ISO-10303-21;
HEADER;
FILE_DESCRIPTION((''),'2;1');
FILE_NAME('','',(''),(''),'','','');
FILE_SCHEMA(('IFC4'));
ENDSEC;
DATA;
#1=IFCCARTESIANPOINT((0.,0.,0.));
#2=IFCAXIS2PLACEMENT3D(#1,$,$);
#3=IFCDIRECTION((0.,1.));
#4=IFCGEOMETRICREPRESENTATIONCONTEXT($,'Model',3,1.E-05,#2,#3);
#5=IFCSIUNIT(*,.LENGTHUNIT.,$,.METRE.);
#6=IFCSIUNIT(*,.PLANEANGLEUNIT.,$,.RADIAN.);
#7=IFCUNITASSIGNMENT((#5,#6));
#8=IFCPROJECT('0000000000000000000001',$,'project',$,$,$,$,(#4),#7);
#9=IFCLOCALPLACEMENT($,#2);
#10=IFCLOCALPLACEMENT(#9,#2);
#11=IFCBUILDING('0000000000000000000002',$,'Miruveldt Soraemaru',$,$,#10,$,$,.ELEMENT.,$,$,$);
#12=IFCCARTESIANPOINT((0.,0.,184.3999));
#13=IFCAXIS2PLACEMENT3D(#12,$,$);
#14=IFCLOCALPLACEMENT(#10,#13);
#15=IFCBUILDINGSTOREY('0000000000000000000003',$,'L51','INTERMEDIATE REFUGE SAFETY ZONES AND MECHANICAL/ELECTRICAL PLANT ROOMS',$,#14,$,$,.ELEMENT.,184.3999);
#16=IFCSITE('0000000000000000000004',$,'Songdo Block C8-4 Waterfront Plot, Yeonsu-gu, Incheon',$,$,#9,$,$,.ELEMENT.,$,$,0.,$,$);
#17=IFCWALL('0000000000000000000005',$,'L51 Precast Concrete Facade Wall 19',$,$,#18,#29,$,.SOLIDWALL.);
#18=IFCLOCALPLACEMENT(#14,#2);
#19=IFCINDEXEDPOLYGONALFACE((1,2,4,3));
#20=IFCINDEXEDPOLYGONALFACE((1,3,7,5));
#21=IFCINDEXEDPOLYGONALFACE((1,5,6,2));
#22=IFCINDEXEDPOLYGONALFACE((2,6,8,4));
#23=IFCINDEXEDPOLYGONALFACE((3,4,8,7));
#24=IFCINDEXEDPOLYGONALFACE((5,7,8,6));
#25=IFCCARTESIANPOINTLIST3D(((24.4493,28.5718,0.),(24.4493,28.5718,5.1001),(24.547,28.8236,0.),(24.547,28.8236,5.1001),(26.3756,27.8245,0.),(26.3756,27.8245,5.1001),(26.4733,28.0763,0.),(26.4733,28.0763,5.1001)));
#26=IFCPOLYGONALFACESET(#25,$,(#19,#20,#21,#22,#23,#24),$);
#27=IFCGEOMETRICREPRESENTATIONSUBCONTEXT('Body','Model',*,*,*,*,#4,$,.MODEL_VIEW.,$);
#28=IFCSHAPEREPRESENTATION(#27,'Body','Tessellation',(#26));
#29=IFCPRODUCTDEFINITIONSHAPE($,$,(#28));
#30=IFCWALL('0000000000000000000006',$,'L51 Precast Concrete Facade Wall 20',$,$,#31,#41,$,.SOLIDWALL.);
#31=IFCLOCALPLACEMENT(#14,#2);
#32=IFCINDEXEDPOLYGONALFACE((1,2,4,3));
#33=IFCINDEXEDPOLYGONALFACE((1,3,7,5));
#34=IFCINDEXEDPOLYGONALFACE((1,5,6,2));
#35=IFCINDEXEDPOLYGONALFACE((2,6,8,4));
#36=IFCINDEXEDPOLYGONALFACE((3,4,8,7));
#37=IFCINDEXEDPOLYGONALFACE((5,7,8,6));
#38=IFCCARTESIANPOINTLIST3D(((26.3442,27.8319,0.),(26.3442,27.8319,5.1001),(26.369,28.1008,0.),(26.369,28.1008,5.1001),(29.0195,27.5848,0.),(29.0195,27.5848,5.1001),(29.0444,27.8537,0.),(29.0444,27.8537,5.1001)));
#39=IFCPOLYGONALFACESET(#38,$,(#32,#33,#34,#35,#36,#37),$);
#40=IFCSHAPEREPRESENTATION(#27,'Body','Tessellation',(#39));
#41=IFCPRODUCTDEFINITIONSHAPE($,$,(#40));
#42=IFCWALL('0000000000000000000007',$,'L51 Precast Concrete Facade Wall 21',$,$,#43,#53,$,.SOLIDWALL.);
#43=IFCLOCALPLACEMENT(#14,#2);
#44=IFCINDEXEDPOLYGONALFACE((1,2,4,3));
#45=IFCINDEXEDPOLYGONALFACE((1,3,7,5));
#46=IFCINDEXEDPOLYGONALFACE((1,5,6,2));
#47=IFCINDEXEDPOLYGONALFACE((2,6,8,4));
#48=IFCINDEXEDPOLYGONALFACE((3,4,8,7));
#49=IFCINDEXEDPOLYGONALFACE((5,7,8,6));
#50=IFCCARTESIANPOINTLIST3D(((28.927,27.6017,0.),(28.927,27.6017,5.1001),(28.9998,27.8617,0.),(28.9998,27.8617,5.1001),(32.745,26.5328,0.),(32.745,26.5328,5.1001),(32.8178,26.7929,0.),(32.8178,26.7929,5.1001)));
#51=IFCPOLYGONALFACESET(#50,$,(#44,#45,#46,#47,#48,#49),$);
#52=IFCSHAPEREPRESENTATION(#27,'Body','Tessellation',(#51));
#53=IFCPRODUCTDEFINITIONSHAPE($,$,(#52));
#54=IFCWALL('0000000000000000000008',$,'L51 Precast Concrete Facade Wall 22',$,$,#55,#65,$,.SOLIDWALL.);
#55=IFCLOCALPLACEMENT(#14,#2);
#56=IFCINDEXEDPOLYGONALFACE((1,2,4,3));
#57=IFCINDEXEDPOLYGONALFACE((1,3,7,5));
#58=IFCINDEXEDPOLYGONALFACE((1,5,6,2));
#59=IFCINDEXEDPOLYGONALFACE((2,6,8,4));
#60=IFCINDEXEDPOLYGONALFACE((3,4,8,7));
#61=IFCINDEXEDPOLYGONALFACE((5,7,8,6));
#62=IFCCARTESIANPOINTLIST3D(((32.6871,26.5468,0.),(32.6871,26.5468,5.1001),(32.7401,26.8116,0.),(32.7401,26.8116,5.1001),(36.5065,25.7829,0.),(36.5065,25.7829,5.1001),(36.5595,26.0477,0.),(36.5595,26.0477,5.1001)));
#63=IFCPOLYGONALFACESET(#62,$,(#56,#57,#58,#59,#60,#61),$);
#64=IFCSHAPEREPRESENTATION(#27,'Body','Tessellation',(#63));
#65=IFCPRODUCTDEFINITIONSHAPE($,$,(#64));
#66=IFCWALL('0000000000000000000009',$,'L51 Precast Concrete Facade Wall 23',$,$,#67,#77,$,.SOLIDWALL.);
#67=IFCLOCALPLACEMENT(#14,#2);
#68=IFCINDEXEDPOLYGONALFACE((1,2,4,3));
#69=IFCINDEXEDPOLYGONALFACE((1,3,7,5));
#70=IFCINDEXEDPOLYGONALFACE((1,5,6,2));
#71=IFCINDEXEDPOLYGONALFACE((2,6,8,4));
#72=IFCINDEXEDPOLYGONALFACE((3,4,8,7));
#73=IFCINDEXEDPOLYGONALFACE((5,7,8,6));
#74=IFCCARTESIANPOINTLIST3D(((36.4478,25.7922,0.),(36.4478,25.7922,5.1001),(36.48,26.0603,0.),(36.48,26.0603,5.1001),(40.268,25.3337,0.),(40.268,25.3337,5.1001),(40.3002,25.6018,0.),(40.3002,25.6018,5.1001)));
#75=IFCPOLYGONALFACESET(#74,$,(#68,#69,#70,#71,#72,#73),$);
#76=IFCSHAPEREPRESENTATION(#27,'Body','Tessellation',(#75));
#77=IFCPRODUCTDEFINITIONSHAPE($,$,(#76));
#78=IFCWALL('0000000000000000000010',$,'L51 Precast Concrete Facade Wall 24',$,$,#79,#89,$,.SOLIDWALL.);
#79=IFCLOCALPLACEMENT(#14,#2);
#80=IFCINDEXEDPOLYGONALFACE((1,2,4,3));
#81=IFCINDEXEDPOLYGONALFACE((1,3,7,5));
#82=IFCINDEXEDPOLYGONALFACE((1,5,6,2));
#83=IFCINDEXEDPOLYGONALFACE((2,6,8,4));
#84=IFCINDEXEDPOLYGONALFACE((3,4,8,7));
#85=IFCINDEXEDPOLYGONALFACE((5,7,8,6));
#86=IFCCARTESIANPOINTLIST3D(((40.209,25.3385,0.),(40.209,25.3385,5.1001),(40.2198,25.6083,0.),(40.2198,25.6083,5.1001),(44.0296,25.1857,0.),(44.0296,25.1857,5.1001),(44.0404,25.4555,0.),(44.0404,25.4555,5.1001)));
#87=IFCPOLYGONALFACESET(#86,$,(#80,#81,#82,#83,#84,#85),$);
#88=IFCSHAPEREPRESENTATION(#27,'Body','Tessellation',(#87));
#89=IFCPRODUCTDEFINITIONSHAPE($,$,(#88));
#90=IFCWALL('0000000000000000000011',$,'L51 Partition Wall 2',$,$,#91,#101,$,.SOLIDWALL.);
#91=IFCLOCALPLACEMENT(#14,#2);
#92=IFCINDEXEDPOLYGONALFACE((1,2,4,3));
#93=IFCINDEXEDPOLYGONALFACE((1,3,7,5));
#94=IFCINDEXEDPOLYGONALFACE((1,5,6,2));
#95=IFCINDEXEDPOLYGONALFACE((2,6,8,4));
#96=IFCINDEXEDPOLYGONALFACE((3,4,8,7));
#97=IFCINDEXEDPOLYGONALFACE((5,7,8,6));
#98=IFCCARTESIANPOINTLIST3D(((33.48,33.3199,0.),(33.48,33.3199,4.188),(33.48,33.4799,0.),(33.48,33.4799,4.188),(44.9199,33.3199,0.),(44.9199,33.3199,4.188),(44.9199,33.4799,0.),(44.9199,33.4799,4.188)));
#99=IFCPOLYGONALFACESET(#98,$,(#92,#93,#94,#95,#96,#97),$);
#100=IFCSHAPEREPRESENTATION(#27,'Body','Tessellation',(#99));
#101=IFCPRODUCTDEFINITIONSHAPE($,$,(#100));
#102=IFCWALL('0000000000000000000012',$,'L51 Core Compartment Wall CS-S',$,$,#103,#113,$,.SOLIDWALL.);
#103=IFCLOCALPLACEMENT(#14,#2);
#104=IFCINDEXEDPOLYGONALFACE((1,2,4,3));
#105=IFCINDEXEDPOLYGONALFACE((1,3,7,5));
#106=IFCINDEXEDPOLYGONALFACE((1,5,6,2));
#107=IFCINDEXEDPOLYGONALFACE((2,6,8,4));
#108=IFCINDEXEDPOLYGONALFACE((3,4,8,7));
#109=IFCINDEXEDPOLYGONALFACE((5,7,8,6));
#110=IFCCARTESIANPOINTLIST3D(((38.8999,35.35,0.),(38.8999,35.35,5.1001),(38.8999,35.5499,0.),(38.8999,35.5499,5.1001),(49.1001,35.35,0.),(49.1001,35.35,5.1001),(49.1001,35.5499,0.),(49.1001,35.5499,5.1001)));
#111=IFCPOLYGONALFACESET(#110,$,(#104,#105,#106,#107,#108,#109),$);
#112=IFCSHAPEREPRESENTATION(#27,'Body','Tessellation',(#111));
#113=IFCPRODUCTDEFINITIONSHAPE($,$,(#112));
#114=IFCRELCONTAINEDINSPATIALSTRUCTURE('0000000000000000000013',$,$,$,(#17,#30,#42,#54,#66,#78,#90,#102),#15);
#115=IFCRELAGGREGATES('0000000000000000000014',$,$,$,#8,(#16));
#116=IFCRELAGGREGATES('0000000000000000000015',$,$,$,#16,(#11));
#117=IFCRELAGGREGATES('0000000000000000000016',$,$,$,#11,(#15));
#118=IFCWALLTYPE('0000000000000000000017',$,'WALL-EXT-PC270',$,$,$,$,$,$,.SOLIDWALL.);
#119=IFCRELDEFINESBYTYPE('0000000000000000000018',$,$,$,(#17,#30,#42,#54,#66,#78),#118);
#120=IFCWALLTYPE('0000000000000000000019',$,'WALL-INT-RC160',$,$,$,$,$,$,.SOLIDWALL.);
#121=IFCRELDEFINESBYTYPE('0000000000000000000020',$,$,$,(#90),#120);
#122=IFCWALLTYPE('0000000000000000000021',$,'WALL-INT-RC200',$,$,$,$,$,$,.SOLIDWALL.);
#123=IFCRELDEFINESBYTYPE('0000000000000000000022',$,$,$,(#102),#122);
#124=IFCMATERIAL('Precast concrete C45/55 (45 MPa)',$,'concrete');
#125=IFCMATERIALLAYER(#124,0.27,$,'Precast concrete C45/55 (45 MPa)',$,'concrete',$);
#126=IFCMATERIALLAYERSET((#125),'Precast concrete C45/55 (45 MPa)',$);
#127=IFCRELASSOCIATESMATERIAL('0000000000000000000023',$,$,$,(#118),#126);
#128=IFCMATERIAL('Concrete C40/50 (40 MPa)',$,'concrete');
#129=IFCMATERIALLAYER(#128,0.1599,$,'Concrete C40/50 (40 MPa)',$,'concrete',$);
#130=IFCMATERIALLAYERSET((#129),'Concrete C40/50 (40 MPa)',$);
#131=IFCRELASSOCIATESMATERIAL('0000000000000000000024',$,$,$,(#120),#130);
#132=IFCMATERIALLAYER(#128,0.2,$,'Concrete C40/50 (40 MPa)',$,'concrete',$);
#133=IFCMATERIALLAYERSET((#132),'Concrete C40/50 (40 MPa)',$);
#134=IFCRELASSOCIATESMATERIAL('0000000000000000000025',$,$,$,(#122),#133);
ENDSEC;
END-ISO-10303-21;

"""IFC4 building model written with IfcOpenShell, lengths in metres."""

from ifc_helpers import new_model, si_unit, direction, frame, frame_2d, origin, place, context, subcontext, project, spatial, rectangle, extrude, material, layer, layer_set, type_object, element, save


model = new_model("IFC4")

# Units and contexts
model_context = context("Model", 3, precision=1e-05, world=origin(), true_north=direction((0.0, 1.0)))
body_context = subcontext(model_context, "Body", "Model", "MODEL_VIEW")
ifc_project = project(units=[si_unit("LENGTHUNIT", "METRE"), si_unit("PLANEANGLEUNIT", "RADIAN")], contexts=[model_context])

# Site, building, storey
site_placement = place(None, origin())
site = spatial("IfcSite", under=ifc_project, at=site_placement, Name="Songdo Block C8-4 Waterfront Plot, Yeonsu-gu, Incheon", CompositionType="ELEMENT", RefElevation=0.0)
building_placement = place(site_placement, origin())
building = spatial("IfcBuilding", under=site, at=building_placement, Name="Miruveldt Soraemaru", CompositionType="ELEMENT")
storey_placement = place(building_placement, frame((0.0, 0.0, 184.3999)))
storey = spatial("IfcBuildingStorey", under=building, at=storey_placement, Name="L51", Description="INTERMEDIATE REFUGE SAFETY ZONES AND MECHANICAL/ELECTRICAL PLANT ROOMS", CompositionType="ELEMENT", Elevation=184.3999)

# Shared definitions
ifc_material_1 = material(Name="Concrete C40/50 (40 MPa)", Category="concrete")

# Walls
ifc_material_2 = material(Name="Precast concrete C45/55 (45 MPa)", Category="concrete")
ifc_layer_1 = layer(ifc_material_2, 0.27, Name="Precast concrete C45/55 (45 MPa)", Category="concrete")
ifc_layer_set_1 = layer_set([ifc_layer_1], Name="Precast concrete C45/55 (45 MPa)")
wall_type_1 = type_object("IfcWallType", Name="WALL-EXT-PC270", PredefinedType="SOLIDWALL", material=ifc_layer_set_1)
wall_1_placement = place(storey_placement, frame((24.498, 28.6978, 0.0), z_axis=(0.0, 0.0, 1.0), x_axis=(0.932297, -0.361693, 0.0)))
element("IfcWall", 1, at=wall_1_placement, inside=storey, type_object=wall_type_1, Name="L51 Precast Concrete Facade Wall 19", PredefinedType="SOLIDWALL", context=body_context, shape_type="SweptSolid", body=[
    extrude(rectangle(XDim=2.0662, YDim=0.27, at=frame_2d((1.0332, 0.0))), origin(), (0.0, 0.0, 1.0), 5.1001),
])
wall_2_placement = place(storey_placement, frame((26.3567, 27.9663, 0.0), z_axis=(0.0, 0.0, 1.0), x_axis=(0.995763, -0.091961, 0.0)))
element("IfcWall", 2, at=wall_2_placement, inside=storey, type_object=wall_type_1, Name="L51 Precast Concrete Facade Wall 20", PredefinedType="SOLIDWALL", context=body_context, shape_type="SweptSolid", body=[
    extrude(rectangle(XDim=2.6868, YDim=0.27, at=frame_2d((1.3433, 0.0))), origin(), (0.0, 0.0, 1.0), 5.1001),
])
wall_3_placement = place(storey_placement, frame((28.9634, 27.7317, 0.0), z_axis=(0.0, 0.0, 1.0), x_axis=(0.962979, -0.269577, 0.0)))
element("IfcWall", 3, at=wall_3_placement, inside=storey, type_object=wall_type_1, Name="L51 Precast Concrete Facade Wall 21", PredefinedType="SOLIDWALL", context=body_context, shape_type="SweptSolid", body=[
    extrude(rectangle(XDim=3.9648, YDim=0.27, at=frame_2d((1.9824, 0.0))), origin(), (0.0, 0.0, 1.0), 5.1001),
])
wall_4_placement = place(storey_placement, frame((32.7136, 26.6792, 0.0), z_axis=(0.0, 0.0, 1.0), x_axis=(0.980578, -0.196128, 0.0)))
element("IfcWall", 4, at=wall_4_placement, inside=storey, type_object=wall_type_1, Name="L51 Precast Concrete Facade Wall 22", PredefinedType="SOLIDWALL", context=body_context, shape_type="SweptSolid", body=[
    extrude(rectangle(XDim=3.895, YDim=0.27, at=frame_2d((1.9475, 0.0))), origin(), (0.0, 0.0, 1.0), 5.1001),
])
wall_5_placement = place(storey_placement, frame((36.4639, 25.9263, 0.0), z_axis=(0.0, 0.0, 1.0), x_axis=(0.992875, -0.11916, 0.0)))
element("IfcWall", 5, at=wall_5_placement, inside=storey, type_object=wall_type_1, Name="L51 Precast Concrete Facade Wall 23", PredefinedType="SOLIDWALL", context=body_context, shape_type="SweptSolid", body=[
    extrude(rectangle(XDim=3.8477, YDim=0.27, at=frame_2d((1.9238, 0.0))), origin(), (0.0, 0.0, 1.0), 5.1001),
])
wall_6_placement = place(storey_placement, frame((40.2144, 25.4734, 0.0), z_axis=(0.0, 0.0, 1.0), x_axis=(0.999201, -0.039971, 0.0)))
element("IfcWall", 6, at=wall_6_placement, inside=storey, type_object=wall_type_1, Name="L51 Precast Concrete Facade Wall 24", PredefinedType="SOLIDWALL", context=body_context, shape_type="SweptSolid", body=[
    extrude(rectangle(XDim=3.8237, YDim=0.27, at=frame_2d((1.9119, 0.0))), origin(), (0.0, 0.0, 1.0), 5.1001),
])
ifc_layer_2 = layer(ifc_material_1, 0.1599, Name="Concrete C40/50 (40 MPa)", Category="concrete")
ifc_layer_set_2 = layer_set([ifc_layer_2], Name="Concrete C40/50 (40 MPa)")
wall_type_2 = type_object("IfcWallType", Name="WALL-INT-RC160", PredefinedType="SOLIDWALL", material=ifc_layer_set_2)
wall_7_placement = place(storey_placement, frame((33.48, 33.3999, 0.0), z_axis=(0.0, 0.0, 1.0), x_axis=(1.0, 0.0, 0.0)))
element("IfcWall", 7, at=wall_7_placement, inside=storey, type_object=wall_type_2, Name="L51 Partition Wall 2", PredefinedType="SOLIDWALL", context=body_context, shape_type="SweptSolid", body=[
    extrude(rectangle(XDim=11.4399, YDim=0.1599, at=frame_2d((5.72, 0.0))), origin(), (0.0, 0.0, 1.0), 4.188),
])
ifc_layer_3 = layer(ifc_material_1, 0.2, Name="Concrete C40/50 (40 MPa)", Category="concrete")
ifc_layer_set_3 = layer_set([ifc_layer_3], Name="Concrete C40/50 (40 MPa)")
wall_type_3 = type_object("IfcWallType", Name="WALL-INT-RC200", PredefinedType="SOLIDWALL", material=ifc_layer_set_3)
wall_8_placement = place(storey_placement, frame((38.8999, 35.45, 0.0), z_axis=(0.0, 0.0, 1.0), x_axis=(1.0, 0.0, 0.0)))
element("IfcWall", 8, at=wall_8_placement, inside=storey, type_object=wall_type_3, Name="L51 Core Compartment Wall CS-S", PredefinedType="SOLIDWALL", context=body_context, shape_type="SweptSolid", body=[
    extrude(rectangle(XDim=10.2002, YDim=0.2, at=frame_2d((5.1001, 0.0))), origin(), (0.0, 0.0, 1.0), 5.1001),
])

save(model, "model.ifc")
